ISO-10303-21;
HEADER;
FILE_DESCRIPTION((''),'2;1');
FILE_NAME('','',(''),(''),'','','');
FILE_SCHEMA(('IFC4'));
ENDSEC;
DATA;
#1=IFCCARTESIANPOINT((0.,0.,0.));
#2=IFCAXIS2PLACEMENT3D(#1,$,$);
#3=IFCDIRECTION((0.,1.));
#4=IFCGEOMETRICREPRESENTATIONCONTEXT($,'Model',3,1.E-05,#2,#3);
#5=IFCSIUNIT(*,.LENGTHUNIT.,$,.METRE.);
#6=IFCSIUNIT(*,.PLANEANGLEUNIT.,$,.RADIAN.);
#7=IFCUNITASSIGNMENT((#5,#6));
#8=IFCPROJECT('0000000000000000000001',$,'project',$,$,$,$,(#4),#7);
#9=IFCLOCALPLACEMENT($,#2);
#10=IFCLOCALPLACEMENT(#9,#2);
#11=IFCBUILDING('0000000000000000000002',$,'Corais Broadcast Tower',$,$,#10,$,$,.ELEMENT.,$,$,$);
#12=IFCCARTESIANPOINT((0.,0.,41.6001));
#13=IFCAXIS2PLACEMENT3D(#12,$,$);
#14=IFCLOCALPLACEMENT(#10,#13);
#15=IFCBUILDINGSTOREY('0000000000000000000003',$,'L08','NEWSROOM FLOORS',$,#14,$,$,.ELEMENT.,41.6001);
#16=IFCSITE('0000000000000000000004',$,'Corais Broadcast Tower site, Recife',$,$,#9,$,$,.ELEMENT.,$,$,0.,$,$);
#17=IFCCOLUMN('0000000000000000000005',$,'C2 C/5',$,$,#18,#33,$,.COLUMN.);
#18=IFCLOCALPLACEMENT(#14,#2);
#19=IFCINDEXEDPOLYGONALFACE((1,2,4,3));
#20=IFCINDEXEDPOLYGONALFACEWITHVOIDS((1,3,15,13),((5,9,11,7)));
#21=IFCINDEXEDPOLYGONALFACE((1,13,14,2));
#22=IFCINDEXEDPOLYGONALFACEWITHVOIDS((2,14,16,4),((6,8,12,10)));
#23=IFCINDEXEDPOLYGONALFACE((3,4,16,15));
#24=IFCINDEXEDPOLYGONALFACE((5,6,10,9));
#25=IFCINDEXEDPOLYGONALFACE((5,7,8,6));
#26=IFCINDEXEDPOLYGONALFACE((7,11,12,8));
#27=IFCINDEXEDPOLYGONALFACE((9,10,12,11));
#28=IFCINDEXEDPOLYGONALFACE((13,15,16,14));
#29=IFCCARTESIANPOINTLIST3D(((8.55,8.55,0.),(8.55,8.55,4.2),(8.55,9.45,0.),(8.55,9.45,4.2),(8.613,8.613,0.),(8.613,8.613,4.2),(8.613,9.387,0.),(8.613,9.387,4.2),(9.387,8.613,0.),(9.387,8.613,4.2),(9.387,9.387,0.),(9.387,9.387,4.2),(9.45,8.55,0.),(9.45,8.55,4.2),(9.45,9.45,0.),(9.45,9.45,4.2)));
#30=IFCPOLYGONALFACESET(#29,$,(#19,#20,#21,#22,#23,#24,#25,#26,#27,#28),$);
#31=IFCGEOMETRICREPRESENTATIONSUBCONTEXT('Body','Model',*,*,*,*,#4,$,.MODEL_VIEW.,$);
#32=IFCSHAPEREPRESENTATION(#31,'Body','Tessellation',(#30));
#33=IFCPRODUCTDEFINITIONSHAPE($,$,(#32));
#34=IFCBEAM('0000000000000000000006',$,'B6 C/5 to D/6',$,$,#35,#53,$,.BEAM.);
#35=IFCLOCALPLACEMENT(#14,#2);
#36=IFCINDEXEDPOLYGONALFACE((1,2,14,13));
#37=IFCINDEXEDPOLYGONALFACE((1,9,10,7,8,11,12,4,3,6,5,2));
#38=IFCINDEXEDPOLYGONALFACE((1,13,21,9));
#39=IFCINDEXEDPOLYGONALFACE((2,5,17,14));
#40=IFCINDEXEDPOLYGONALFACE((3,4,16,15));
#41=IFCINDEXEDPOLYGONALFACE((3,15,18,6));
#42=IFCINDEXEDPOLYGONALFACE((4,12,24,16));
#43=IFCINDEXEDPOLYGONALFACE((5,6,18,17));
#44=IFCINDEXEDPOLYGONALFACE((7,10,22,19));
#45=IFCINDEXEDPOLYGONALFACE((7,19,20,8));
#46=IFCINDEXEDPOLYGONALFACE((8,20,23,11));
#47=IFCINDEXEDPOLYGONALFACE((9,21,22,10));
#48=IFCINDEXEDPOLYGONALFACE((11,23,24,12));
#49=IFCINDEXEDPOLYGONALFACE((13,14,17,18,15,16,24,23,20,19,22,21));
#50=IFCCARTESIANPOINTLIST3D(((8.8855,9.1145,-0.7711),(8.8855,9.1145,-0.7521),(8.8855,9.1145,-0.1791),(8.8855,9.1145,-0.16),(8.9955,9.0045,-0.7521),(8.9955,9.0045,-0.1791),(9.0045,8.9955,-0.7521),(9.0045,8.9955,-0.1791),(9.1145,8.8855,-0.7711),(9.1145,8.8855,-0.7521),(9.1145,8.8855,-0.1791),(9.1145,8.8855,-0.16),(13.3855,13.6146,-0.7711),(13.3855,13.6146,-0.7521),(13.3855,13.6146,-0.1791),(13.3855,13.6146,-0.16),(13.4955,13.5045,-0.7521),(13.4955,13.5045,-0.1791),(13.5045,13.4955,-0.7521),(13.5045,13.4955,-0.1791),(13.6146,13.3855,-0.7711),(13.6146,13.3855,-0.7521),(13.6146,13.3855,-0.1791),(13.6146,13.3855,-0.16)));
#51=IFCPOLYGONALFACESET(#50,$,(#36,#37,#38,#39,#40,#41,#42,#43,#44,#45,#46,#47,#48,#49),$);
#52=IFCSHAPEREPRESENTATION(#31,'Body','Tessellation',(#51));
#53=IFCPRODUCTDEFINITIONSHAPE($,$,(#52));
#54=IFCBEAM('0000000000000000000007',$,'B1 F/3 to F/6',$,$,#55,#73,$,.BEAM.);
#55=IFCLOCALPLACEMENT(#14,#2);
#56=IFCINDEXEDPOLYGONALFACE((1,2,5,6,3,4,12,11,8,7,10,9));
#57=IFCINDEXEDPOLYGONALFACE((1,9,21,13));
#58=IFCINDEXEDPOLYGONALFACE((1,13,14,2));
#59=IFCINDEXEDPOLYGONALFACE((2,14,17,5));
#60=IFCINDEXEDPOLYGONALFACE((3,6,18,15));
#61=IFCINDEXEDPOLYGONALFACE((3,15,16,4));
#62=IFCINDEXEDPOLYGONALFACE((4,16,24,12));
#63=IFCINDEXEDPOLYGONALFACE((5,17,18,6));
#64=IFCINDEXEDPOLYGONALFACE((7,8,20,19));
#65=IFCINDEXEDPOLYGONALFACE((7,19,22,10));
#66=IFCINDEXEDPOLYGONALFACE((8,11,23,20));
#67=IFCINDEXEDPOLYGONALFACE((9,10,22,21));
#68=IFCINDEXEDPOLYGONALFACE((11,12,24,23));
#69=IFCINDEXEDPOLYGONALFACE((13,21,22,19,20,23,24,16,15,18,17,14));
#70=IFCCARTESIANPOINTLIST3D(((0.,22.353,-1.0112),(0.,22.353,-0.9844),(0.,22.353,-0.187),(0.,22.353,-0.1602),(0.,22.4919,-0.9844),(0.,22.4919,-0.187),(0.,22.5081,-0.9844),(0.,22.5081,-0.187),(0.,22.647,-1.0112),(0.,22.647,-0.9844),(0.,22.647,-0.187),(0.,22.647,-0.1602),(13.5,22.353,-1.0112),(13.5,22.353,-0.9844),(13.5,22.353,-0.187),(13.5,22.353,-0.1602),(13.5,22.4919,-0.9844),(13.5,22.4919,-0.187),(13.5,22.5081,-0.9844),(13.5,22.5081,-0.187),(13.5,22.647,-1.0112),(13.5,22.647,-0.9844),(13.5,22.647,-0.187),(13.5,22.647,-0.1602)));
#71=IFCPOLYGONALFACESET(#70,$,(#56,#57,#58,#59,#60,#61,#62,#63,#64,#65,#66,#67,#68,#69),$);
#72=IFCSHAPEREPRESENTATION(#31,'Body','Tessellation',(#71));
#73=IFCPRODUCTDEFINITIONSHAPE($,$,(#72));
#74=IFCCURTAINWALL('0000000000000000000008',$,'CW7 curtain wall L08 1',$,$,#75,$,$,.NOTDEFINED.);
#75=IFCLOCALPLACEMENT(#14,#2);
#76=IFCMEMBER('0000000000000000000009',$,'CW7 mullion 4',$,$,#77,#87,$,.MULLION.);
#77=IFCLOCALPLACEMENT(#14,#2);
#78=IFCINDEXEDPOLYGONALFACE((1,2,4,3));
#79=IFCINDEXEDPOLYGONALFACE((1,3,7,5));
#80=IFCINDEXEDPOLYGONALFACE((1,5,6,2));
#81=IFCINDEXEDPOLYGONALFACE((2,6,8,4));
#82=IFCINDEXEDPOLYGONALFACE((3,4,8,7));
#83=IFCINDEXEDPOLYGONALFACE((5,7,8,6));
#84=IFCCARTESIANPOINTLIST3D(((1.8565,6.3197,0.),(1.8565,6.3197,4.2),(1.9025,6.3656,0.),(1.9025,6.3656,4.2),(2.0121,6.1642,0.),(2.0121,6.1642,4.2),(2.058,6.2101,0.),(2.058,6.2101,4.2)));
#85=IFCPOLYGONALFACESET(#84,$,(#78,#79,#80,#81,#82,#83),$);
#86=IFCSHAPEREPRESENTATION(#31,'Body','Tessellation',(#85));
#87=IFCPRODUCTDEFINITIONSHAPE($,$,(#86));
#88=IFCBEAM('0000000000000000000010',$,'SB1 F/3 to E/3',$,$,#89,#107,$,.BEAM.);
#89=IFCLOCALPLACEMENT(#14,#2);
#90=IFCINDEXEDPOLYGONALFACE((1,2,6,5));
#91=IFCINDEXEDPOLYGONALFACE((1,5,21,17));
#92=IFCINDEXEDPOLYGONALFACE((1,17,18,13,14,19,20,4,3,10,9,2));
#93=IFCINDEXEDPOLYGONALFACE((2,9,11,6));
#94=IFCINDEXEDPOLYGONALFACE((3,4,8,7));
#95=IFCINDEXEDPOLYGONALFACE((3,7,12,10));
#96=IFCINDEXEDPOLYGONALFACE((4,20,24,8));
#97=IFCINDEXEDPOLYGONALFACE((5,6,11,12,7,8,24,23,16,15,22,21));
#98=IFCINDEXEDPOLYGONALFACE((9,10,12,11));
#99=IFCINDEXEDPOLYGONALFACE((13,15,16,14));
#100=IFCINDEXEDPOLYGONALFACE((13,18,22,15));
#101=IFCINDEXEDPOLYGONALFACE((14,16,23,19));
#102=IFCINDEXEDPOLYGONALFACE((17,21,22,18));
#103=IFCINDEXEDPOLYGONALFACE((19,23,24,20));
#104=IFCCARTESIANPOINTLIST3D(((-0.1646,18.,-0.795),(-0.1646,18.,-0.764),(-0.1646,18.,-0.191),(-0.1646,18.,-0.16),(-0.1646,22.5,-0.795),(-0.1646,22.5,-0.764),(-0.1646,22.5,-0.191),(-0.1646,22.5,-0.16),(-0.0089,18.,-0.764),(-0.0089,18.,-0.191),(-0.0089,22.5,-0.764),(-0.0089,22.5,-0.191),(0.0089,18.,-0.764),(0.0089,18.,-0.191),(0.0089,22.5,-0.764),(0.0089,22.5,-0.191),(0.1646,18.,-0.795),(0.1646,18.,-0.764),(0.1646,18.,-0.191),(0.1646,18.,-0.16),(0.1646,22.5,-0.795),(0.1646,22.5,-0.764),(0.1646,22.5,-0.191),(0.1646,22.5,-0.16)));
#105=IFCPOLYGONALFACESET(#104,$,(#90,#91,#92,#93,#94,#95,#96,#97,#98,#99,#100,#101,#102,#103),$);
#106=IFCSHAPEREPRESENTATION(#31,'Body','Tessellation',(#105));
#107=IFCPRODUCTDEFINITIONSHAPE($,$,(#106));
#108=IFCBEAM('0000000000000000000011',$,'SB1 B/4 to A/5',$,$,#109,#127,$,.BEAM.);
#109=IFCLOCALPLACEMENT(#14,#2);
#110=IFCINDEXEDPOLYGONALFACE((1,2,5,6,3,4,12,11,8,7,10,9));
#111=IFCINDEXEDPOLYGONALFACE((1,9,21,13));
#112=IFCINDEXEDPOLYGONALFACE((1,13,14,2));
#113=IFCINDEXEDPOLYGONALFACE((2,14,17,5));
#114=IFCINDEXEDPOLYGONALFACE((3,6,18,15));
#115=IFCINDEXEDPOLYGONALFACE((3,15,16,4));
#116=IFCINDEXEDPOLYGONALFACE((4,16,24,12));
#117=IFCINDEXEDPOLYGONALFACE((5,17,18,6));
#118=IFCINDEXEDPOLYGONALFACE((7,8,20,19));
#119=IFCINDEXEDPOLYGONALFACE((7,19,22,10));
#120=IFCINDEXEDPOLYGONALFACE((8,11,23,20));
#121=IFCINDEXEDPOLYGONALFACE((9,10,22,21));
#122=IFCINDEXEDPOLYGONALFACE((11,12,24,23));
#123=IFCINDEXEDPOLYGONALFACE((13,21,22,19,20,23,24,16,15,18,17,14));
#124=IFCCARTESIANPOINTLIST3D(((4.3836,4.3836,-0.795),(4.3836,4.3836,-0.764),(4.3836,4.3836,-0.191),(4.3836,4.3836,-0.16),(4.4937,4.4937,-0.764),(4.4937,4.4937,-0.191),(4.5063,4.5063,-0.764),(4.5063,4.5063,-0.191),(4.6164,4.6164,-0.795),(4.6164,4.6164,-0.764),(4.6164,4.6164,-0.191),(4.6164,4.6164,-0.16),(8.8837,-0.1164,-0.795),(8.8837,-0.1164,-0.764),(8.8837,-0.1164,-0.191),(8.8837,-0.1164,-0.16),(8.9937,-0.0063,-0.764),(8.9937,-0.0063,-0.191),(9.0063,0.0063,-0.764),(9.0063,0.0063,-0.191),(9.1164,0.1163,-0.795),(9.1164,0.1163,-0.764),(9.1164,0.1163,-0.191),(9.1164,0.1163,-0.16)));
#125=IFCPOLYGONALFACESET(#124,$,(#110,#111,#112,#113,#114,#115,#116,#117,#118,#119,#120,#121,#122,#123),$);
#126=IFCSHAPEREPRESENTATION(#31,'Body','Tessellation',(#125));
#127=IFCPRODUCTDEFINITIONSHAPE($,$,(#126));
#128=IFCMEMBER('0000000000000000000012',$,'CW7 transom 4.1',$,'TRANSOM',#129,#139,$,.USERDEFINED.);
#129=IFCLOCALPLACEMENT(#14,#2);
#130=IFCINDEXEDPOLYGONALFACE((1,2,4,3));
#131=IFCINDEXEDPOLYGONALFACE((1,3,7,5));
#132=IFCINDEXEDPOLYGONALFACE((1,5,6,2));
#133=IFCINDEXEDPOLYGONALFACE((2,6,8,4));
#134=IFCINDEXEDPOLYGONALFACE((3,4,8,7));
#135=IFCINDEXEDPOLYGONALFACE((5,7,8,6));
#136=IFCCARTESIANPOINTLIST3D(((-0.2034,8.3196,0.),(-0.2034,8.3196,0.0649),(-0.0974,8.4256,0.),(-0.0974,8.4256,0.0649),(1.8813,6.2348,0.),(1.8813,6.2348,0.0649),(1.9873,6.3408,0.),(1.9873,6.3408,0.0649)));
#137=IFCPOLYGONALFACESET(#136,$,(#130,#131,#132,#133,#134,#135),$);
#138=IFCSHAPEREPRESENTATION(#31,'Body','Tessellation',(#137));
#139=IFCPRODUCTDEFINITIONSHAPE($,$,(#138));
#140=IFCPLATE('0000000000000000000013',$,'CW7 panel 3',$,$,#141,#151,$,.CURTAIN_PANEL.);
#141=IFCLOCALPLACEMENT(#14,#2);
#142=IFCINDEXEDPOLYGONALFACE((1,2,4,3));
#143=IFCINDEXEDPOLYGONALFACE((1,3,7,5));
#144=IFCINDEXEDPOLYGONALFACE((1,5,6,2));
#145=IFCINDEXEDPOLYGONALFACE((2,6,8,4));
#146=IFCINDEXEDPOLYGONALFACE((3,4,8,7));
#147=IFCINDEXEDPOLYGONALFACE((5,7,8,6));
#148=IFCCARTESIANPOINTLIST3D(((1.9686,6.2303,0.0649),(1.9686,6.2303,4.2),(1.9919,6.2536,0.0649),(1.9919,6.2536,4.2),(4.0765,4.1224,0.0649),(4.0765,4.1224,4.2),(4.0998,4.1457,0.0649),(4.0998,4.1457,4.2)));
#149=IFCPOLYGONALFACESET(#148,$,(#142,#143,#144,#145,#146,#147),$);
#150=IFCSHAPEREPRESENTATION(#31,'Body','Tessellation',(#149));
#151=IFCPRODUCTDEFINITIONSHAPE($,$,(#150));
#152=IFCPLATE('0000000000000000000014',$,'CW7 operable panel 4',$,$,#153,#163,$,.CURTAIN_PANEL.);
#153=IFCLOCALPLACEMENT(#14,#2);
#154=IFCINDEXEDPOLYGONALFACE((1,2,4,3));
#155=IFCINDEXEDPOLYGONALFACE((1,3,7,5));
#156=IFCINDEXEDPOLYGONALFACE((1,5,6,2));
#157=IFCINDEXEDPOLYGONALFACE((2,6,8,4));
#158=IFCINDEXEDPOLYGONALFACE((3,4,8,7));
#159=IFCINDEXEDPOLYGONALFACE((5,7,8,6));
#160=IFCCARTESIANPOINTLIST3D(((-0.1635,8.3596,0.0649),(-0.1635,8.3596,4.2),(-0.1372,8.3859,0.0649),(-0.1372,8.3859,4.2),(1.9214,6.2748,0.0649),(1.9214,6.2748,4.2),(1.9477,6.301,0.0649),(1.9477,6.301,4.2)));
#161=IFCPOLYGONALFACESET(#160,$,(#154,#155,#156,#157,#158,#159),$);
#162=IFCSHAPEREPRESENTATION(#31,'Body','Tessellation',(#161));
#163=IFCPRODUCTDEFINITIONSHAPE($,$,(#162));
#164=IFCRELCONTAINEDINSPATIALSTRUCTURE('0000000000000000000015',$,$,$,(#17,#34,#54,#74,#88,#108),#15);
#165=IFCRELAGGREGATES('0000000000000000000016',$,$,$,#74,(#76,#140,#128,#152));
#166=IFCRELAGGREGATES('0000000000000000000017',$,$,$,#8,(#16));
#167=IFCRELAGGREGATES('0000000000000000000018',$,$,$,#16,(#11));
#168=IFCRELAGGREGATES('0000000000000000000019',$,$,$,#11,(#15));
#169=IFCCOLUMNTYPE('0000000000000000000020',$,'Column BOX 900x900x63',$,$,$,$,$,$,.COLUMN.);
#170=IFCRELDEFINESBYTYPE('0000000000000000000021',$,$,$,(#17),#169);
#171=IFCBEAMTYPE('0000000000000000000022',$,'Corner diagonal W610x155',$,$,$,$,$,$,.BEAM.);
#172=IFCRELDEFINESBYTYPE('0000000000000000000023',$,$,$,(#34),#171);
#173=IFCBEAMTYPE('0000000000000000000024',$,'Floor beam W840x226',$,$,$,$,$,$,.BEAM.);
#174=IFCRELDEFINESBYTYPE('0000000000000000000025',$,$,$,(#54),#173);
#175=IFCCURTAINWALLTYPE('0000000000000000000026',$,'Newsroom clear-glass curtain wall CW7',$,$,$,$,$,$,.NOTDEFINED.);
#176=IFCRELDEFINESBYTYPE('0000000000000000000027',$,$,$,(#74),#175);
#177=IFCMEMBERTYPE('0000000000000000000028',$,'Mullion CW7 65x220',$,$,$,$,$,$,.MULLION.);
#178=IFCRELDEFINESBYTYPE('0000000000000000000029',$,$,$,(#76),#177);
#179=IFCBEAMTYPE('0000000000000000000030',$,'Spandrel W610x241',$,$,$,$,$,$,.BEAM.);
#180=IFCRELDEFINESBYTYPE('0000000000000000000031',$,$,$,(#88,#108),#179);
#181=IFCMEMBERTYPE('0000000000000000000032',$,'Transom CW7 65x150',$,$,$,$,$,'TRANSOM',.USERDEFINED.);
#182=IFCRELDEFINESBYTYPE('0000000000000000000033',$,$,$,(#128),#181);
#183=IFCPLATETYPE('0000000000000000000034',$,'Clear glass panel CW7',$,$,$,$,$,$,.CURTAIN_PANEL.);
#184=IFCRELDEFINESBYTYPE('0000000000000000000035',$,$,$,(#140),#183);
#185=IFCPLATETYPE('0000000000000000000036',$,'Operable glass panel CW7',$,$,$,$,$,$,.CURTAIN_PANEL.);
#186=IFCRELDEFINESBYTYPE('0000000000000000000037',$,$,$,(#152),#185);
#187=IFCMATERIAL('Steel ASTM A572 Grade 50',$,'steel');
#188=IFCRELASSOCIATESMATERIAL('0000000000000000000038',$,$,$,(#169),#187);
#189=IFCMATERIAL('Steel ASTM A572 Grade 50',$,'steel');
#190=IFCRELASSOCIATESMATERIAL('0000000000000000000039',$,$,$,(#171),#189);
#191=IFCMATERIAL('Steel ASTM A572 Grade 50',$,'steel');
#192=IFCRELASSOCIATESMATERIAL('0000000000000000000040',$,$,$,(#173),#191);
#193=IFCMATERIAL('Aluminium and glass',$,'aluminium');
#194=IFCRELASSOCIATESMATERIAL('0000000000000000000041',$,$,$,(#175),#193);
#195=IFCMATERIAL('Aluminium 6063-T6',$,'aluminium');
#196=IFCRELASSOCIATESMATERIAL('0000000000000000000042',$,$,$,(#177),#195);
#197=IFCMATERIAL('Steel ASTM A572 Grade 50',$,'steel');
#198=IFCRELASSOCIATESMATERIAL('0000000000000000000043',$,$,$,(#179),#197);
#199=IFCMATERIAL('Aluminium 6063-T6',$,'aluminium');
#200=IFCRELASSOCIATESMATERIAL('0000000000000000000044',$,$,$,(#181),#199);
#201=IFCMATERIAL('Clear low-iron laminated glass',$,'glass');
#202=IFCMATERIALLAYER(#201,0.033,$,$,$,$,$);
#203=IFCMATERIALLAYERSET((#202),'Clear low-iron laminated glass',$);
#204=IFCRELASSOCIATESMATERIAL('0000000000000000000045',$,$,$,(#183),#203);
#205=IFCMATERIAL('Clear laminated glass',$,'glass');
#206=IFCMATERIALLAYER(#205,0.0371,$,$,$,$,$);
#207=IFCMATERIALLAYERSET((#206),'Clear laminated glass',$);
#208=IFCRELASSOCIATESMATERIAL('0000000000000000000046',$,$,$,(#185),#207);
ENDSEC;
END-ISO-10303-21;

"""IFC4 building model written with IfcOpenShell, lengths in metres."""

from ifc_helpers import new_model, si_unit, direction, frame, origin, origin_2d, place, context, subcontext, project, spatial, rectangle, hollow_rectangle, i_section, extrude, material, layer, layer_set, material_profile, profile_set, type_object, element, aggregate, save


model = new_model("IFC4")

# Units and contexts
model_context = context("Model", 3, precision=1e-05, world=origin(), true_north=direction((0.0, 1.0)))
body_context = subcontext(model_context, "Body", "Model", "MODEL_VIEW")
ifc_project = project(units=[si_unit("LENGTHUNIT", "METRE"), si_unit("PLANEANGLEUNIT", "RADIAN")], contexts=[model_context])

# Site, building, storey
site_placement = place(None, origin())
site = spatial("IfcSite", under=ifc_project, at=site_placement, Name="Corais Broadcast Tower site, Recife", CompositionType="ELEMENT", RefElevation=0.0)
building_placement = place(site_placement, origin())
building = spatial("IfcBuilding", under=site, at=building_placement, Name="Corais Broadcast Tower", CompositionType="ELEMENT")
storey_placement = place(building_placement, frame((0.0, 0.0, 41.6001)))
storey = spatial("IfcBuildingStorey", under=building, at=storey_placement, Name="L08", Description="NEWSROOM FLOORS", CompositionType="ELEMENT", Elevation=41.6001)

# Column
ifc_material_1 = material(Name="Steel ASTM A572 Grade 50", Category="steel")
ifc_material_profile_1 = material_profile(ifc_material_1, hollow_rectangle(XDim=0.8999, YDim=0.8999, WallThickness=0.063, at=origin_2d()), Name="BOX 900x900x63")
ifc_profile_set_1 = profile_set([ifc_material_profile_1], Name="Steel ASTM A572 Grade 50")
column_type = type_object("IfcColumnType", Name="Column BOX 900x900x63", PredefinedType="COLUMN", material=ifc_profile_set_1)
column_placement = place(storey_placement, frame((9.0, 9.0, 0.0), z_axis=(0.0, 0.0, 1.0), x_axis=(1.0, 0.0, 0.0)))
element("IfcColumn", 1, at=column_placement, inside=storey, type_object=column_type, Name="C2 C/5", PredefinedType="COLUMN", context=body_context, shape_type="SweptSolid", body=[
    extrude(hollow_rectangle(XDim=0.8999, YDim=0.8999, WallThickness=0.063, at=origin_2d()), origin(), (0.0, 0.0, 1.0), 4.2),
])

# Beams
ifc_material_2 = material(Name="Steel ASTM A572 Grade 50", Category="steel")
ifc_material_profile_2 = material_profile(ifc_material_2, i_section(OverallWidth=0.324, OverallDepth=0.6111, WebThickness=0.0127, FlangeThickness=0.019, at=origin_2d()), Name="W610x155")
ifc_profile_set_2 = profile_set([ifc_material_profile_2], Name="Steel ASTM A572 Grade 50")
beam_type_1 = type_object("IfcBeamType", Name="Corner diagonal W610x155", PredefinedType="BEAM", material=ifc_profile_set_2)
beam_1_placement = place(storey_placement, frame((9.0, 9.0, -0.4656), z_axis=(0.707107, 0.707107, 0.0), x_axis=(-0.707107, 0.707107, 0.0)))
element("IfcBeam", 2, at=beam_1_placement, inside=storey, type_object=beam_type_1, Name="B6 C/5 to D/6", PredefinedType="BEAM", context=body_context, shape_type="SweptSolid", body=[
    extrude(i_section(OverallWidth=0.324, OverallDepth=0.6111, WebThickness=0.0127, FlangeThickness=0.019, at=origin_2d()), origin(), (0.0, 0.0, 1.0), 6.364),
])
ifc_material_3 = material(Name="Steel ASTM A572 Grade 50", Category="steel")
ifc_material_profile_3 = material_profile(ifc_material_3, i_section(OverallWidth=0.2939, OverallDepth=0.8511, WebThickness=0.0161, FlangeThickness=0.0269, at=origin_2d()), Name="W840x226")
ifc_profile_set_3 = profile_set([ifc_material_profile_3], Name="Steel ASTM A572 Grade 50")
beam_type_2 = type_object("IfcBeamType", Name="Floor beam W840x226", PredefinedType="BEAM", material=ifc_profile_set_3)
beam_2_placement = place(storey_placement, frame((0.0, 22.5, -0.5857), z_axis=(1.0, 0.0, 0.0), x_axis=(0.0, 1.0, 0.0)))
element("IfcBeam", 3, at=beam_2_placement, inside=storey, type_object=beam_type_2, Name="B1 F/3 to F/6", PredefinedType="BEAM", context=body_context, shape_type="SweptSolid", body=[
    extrude(i_section(OverallWidth=0.2939, OverallDepth=0.8511, WebThickness=0.0161, FlangeThickness=0.0269, at=origin_2d()), origin(), (0.0, 0.0, 1.0), 13.5),
])

# Curtain wall, member
ifc_material_4 = material(Name="Aluminium and glass", Category="aluminium")
curtain_wall_type = type_object("IfcCurtainWallType", Name="Newsroom clear-glass curtain wall CW7", PredefinedType="NOTDEFINED", material=ifc_material_4)
curtain_wall_placement = place(storey_placement, origin())
curtain_wall = element("IfcCurtainWall", 4, at=curtain_wall_placement, inside=storey, type_object=curtain_wall_type, Name="CW7 curtain wall L08 1", PredefinedType="NOTDEFINED")
ifc_material_5 = material(Name="Aluminium 6063-T6", Category="aluminium")
ifc_material_profile_4 = material_profile(ifc_material_5, rectangle(XDim=0.0649, YDim=0.22, at=origin_2d()), Name="Mullion CW7 65x220")
ifc_profile_set_4 = profile_set([ifc_material_profile_4], Name="Aluminium 6063-T6")
member_type_1 = type_object("IfcMemberType", Name="Mullion CW7 65x220", PredefinedType="MULLION", material=ifc_profile_set_4)
member_1_placement = place(storey_placement, frame((1.9573, 6.2649, 0.0), z_axis=(0.0, 0.0, 1.0), x_axis=(-0.707107, -0.707107, 0.0)))
member_1 = element("IfcMember", 5, at=member_1_placement, type_object=member_type_1, Name="CW7 mullion 4", PredefinedType="MULLION", context=body_context, shape_type="SweptSolid", body=[
    extrude(rectangle(XDim=0.0649, YDim=0.22, at=origin_2d()), origin(), (0.0, 0.0, 1.0), 4.2),
])

# Beams
ifc_material_6 = material(Name="Steel ASTM A572 Grade 50", Category="steel")
ifc_material_profile_5 = material_profile(ifc_material_6, i_section(OverallWidth=0.3291, OverallDepth=0.635, WebThickness=0.0178, FlangeThickness=0.031, at=origin_2d()), Name="W610x241")
ifc_profile_set_5 = profile_set([ifc_material_profile_5], Name="Steel ASTM A572 Grade 50")
beam_type_3 = type_object("IfcBeamType", Name="Spandrel W610x241", PredefinedType="BEAM", material=ifc_profile_set_5)
beam_3_placement = place(storey_placement, frame((0.0, 22.5, -0.4775), z_axis=(0.0, -1.0, 0.0), x_axis=(1.0, 0.0, 0.0)))
element("IfcBeam", 6, at=beam_3_placement, inside=storey, type_object=beam_type_3, Name="SB1 F/3 to E/3", PredefinedType="BEAM", context=body_context, shape_type="SweptSolid", body=[
    extrude(i_section(OverallWidth=0.3291, OverallDepth=0.635, WebThickness=0.0178, FlangeThickness=0.031, at=origin_2d()), origin(), (0.0, 0.0, 1.0), 4.5),
])
beam_4_placement = place(storey_placement, frame((4.5, 4.5, -0.4775), z_axis=(0.707107, -0.707107, 0.0), x_axis=(0.707107, 0.707107, 0.0)))
element("IfcBeam", 7, at=beam_4_placement, inside=storey, type_object=beam_type_3, Name="SB1 B/4 to A/5", PredefinedType="BEAM", context=body_context, shape_type="SweptSolid", body=[
    extrude(i_section(OverallWidth=0.3291, OverallDepth=0.635, WebThickness=0.0178, FlangeThickness=0.031, at=origin_2d()), origin(), (0.0, 0.0, 1.0), 6.364),
])

# Member
ifc_material_7 = material(Name="Aluminium 6063-T6", Category="aluminium")
ifc_material_profile_6 = material_profile(ifc_material_7, rectangle(XDim=0.1499, YDim=0.0649, at=origin_2d()), Name="Transom CW7 65x150")
ifc_profile_set_6 = profile_set([ifc_material_profile_6], Name="Aluminium 6063-T6")
member_type_2 = type_object("IfcMemberType", Name="Transom CW7 65x150", ElementType="TRANSOM", PredefinedType="USERDEFINED", material=ifc_profile_set_6)
member_2_placement = place(storey_placement, frame((1.9343, 6.2878, 0.0325), z_axis=(-0.707107, 0.707107, 0.0), x_axis=(-0.707107, -0.707107, 0.0)))
member_2 = element("IfcMember", 8, at=member_2_placement, type_object=member_type_2, Name="CW7 transom 4.1", ObjectType="TRANSOM", PredefinedType="USERDEFINED", context=body_context, shape_type="SweptSolid", body=[
    extrude(rectangle(XDim=0.1499, YDim=0.0649, at=origin_2d()), origin(), (0.0, 0.0, 1.0), 2.9482),
])

# Plates
ifc_material_8 = material(Name="Clear low-iron laminated glass", Category="glass")
ifc_layer_1 = layer(ifc_material_8, 0.033)
ifc_layer_set_1 = layer_set([ifc_layer_1], Name="Clear low-iron laminated glass")
plate_type_1 = type_object("IfcPlateType", Name="Clear glass panel CW7", PredefinedType="CURTAIN_PANEL", material=ifc_layer_set_1)
plate_1_placement = place(storey_placement, frame((3.0342, 5.188, 0.0649), z_axis=(0.0, 0.0, 1.0), x_axis=(-0.707107, 0.707107, 0.0)))
plate_1 = element("IfcPlate", 9, at=plate_1_placement, type_object=plate_type_1, Name="CW7 panel 3", PredefinedType="CURTAIN_PANEL", context=body_context, shape_type="SweptSolid", body=[
    extrude(rectangle(XDim=2.981, YDim=0.033, at=origin_2d()), origin(), (0.0, 0.0, 1.0), 4.135),
])
ifc_material_9 = material(Name="Clear laminated glass", Category="glass")
ifc_layer_2 = layer(ifc_material_9, 0.0371)
ifc_layer_set_2 = layer_set([ifc_layer_2], Name="Clear laminated glass")
plate_type_2 = type_object("IfcPlateType", Name="Operable glass panel CW7", PredefinedType="CURTAIN_PANEL", material=ifc_layer_set_2)
plate_2_placement = place(storey_placement, frame((0.8921, 7.3303, 0.0649), z_axis=(0.0, 0.0, 1.0), x_axis=(-0.707107, 0.707107, 0.0)))
plate_2 = element("IfcPlate", 10, at=plate_2_placement, type_object=plate_type_2, Name="CW7 operable panel 4", PredefinedType="CURTAIN_PANEL", context=body_context, shape_type="SweptSolid", body=[
    extrude(rectangle(XDim=2.9485, YDim=0.0371, at=origin_2d()), origin(), (0.0, 0.0, 1.0), 4.135),
])
aggregate(curtain_wall, [member_1, plate_1, member_2, plate_2])

save(model, "model.ifc")
